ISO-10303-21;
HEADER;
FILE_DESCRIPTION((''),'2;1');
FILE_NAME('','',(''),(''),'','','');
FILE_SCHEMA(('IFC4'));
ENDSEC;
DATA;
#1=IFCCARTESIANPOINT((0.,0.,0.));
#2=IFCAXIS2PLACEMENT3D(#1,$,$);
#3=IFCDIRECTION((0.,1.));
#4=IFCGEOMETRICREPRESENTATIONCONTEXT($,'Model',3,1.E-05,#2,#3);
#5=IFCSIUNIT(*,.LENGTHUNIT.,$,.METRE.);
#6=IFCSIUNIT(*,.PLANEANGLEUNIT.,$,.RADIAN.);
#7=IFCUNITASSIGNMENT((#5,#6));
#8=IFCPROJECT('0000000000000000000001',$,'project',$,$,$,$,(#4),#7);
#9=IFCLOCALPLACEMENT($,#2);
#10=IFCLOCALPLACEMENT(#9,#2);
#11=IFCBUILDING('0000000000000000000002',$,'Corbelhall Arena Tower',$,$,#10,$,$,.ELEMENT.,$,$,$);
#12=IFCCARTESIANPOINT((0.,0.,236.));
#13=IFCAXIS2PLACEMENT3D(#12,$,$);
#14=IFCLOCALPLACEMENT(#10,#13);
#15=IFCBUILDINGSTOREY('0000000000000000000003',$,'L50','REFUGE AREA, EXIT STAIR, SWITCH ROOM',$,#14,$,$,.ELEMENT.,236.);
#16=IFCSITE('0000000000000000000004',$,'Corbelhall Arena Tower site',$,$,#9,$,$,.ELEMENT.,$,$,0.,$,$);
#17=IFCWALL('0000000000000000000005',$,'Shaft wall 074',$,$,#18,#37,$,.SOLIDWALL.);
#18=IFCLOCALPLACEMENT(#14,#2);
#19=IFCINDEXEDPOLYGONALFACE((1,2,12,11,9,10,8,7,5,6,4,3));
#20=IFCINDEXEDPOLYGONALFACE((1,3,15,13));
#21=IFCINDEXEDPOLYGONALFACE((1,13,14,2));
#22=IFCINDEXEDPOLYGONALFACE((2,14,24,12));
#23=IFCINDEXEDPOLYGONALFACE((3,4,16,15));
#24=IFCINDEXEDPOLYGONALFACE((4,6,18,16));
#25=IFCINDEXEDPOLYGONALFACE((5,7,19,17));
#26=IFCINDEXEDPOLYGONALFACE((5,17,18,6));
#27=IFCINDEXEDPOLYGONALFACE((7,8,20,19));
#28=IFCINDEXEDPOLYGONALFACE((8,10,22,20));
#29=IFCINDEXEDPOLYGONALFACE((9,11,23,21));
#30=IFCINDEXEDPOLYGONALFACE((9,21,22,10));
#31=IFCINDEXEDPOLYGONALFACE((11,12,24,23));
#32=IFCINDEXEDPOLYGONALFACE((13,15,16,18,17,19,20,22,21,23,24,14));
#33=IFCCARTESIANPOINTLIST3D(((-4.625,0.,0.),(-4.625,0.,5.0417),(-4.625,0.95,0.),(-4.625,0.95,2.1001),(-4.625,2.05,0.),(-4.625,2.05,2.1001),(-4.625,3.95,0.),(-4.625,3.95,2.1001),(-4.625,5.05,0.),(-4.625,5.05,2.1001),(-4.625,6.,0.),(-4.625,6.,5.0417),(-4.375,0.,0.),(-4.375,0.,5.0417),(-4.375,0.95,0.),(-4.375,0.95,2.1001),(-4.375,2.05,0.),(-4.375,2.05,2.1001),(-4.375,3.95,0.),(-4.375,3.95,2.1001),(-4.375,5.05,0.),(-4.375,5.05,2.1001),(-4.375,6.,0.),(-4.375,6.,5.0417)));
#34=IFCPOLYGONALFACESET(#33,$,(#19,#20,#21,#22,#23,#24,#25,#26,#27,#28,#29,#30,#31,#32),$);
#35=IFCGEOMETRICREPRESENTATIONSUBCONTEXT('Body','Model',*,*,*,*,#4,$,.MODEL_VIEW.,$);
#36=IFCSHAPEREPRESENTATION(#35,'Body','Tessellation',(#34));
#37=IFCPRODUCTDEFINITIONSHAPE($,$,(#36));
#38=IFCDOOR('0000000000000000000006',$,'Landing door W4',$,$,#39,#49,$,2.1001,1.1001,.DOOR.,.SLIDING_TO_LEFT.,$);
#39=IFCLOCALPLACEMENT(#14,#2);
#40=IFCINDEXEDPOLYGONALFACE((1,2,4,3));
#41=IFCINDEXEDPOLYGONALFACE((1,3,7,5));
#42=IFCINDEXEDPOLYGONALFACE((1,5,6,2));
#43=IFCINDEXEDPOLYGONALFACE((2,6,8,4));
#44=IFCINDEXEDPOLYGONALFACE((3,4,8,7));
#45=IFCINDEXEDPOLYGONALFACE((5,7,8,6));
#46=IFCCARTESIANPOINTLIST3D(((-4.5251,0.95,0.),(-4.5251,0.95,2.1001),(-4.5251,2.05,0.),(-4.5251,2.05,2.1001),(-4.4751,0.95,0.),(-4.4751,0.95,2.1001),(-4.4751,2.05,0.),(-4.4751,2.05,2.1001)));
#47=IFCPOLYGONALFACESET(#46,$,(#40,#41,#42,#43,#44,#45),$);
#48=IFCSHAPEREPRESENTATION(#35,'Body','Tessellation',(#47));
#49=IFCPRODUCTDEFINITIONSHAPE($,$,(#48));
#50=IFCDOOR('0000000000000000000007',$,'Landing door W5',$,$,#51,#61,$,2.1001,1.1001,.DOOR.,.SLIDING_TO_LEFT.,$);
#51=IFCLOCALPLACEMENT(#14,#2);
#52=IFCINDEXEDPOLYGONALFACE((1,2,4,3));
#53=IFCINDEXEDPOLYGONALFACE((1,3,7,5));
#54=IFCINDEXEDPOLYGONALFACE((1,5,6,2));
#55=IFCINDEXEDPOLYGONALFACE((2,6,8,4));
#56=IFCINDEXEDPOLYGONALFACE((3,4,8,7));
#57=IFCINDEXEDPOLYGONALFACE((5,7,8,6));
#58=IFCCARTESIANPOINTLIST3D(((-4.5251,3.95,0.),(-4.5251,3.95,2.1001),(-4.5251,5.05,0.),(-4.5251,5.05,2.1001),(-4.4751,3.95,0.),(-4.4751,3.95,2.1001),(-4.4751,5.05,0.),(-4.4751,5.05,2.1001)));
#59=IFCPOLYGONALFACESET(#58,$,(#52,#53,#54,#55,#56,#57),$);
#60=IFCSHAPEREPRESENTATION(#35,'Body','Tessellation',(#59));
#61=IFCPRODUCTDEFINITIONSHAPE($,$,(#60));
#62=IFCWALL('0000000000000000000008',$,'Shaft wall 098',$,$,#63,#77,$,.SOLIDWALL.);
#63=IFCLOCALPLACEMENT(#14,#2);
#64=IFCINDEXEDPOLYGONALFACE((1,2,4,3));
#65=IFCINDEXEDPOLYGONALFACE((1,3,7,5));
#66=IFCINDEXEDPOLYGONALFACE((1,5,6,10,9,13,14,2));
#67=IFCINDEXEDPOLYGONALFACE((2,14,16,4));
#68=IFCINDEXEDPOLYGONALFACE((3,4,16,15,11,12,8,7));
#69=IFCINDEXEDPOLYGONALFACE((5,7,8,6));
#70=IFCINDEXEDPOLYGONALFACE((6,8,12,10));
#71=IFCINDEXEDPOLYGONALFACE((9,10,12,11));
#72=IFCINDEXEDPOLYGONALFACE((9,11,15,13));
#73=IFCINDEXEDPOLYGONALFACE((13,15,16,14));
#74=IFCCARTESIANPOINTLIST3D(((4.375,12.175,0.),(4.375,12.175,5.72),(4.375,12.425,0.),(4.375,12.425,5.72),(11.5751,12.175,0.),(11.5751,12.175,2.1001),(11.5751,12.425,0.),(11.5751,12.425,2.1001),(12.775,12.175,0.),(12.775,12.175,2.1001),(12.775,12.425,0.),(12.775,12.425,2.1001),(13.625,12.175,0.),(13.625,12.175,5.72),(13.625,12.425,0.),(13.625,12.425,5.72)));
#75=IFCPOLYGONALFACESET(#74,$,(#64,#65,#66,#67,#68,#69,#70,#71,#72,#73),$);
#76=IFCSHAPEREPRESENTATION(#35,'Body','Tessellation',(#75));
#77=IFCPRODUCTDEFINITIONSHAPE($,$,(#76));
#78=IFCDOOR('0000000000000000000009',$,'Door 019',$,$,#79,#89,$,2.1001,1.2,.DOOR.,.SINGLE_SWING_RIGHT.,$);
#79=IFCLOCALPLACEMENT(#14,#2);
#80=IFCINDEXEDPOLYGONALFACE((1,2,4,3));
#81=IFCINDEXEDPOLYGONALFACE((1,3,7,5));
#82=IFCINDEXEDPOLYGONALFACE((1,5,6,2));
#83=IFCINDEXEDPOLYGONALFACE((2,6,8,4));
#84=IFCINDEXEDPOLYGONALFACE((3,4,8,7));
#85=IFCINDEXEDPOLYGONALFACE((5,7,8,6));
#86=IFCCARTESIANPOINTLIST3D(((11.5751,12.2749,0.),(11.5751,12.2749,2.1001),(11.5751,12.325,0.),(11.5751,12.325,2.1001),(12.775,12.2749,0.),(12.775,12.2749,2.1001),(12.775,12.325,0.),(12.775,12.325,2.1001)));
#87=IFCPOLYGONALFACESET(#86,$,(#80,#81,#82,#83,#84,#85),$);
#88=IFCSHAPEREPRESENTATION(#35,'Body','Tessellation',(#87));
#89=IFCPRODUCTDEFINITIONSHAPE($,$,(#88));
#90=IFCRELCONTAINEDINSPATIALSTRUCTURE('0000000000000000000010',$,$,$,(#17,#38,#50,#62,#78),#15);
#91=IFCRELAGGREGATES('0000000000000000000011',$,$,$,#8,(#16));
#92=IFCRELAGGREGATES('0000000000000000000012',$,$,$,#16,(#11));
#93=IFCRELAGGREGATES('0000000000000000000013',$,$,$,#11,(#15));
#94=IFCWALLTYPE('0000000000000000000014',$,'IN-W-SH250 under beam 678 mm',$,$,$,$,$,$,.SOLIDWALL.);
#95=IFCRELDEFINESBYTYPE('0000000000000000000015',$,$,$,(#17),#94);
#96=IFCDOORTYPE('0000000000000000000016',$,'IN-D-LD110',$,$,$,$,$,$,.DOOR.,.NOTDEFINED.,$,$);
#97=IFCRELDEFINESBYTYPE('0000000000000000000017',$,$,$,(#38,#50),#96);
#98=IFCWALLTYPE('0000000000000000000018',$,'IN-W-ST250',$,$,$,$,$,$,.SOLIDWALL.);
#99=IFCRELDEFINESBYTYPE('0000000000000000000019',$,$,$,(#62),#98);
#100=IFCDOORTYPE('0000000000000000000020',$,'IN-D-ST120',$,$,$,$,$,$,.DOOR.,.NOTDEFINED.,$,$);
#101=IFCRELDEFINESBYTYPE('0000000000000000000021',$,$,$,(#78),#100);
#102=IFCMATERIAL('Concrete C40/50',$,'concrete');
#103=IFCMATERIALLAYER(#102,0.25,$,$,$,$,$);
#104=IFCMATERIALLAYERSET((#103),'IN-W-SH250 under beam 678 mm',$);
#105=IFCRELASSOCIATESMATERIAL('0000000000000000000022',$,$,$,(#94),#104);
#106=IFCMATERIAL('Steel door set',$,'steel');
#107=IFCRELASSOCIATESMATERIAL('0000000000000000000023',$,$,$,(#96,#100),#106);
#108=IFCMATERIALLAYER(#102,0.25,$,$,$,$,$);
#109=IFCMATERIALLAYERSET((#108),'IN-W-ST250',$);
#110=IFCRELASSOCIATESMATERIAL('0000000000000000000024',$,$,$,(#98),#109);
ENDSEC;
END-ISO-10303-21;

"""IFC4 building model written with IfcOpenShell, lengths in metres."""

from ifc_helpers import new_model, si_unit, direction, frame, frame_2d, origin, place, context, subcontext, project, spatial, rectangle, extrude, material, layer, layer_set, type_object, element, fill, save


model = new_model("IFC4")

# Units and contexts
model_context = context("Model", 3, precision=1e-05, world=origin(), true_north=direction((0.0, 1.0)))
body_context = subcontext(model_context, "Body", "Model", "MODEL_VIEW")
ifc_project = project(units=[si_unit("LENGTHUNIT", "METRE"), si_unit("PLANEANGLEUNIT", "RADIAN")], contexts=[model_context])

# Site, building, storey
site_placement = place(None, origin())
site = spatial("IfcSite", under=ifc_project, at=site_placement, Name="Corbelhall Arena Tower site", CompositionType="ELEMENT", RefElevation=0.0)
building_placement = place(site_placement, origin())
building = spatial("IfcBuilding", under=site, at=building_placement, Name="Corbelhall Arena Tower", CompositionType="ELEMENT")
storey_placement = place(building_placement, frame((0.0, 0.0, 236.0)))
storey = spatial("IfcBuildingStorey", under=building, at=storey_placement, Name="L50", Description="REFUGE AREA, EXIT STAIR, SWITCH ROOM", CompositionType="ELEMENT", Elevation=236.0)

# Shared definitions
ifc_material_1 = material(Name="Concrete C40/50", Category="concrete")

# Shared definitions
ifc_material_2 = material(Name="Steel door set", Category="steel")

# Wall, openings, doors
ifc_layer_1 = layer(ifc_material_1, 0.25)
ifc_layer_set_1 = layer_set([ifc_layer_1], Name="IN-W-SH250 under beam 678 mm")
wall_type_1 = type_object("IfcWallType", Name="IN-W-SH250 under beam 678 mm", PredefinedType="SOLIDWALL", material=ifc_layer_set_1)
wall_1_placement = place(storey_placement, frame((-4.5, 6.0, 0.0), z_axis=(0.0, 0.0, 1.0), x_axis=(0.0, -1.0, 0.0)))
wall_1 = element("IfcWall", 1, at=wall_1_placement, inside=storey, type_object=wall_type_1, Name="Shaft wall 074", PredefinedType="SOLIDWALL", context=body_context, shape_type="SweptSolid", body=[
    extrude(rectangle(XDim=6.0, YDim=0.25, at=frame_2d((3.0, 0.0))), origin(), (0.0, 0.0, 1.0), 5.0417),
])
opening_1_placement = place(wall_1_placement, frame((3.95, 0.0, 0.0)))
opening_1 = element("IfcOpeningElement", 2, at=opening_1_placement, cuts=wall_1, PredefinedType="OPENING", context=body_context, shape_type="SweptSolid", body=[
    extrude(rectangle(XDim=1.1001, YDim=2.1001, at=frame_2d((0.55, 1.05))), frame((0.0, 0.125, 0.0), z_axis=(0.0, -1.0, 0.0), x_axis=(1.0, 0.0, 0.0)), (0.0, 0.0, 1.0), 0.25),
])
opening_2_placement = place(wall_1_placement, frame((0.95, 0.0, 0.0)))
opening_2 = element("IfcOpeningElement", 3, at=opening_2_placement, cuts=wall_1, PredefinedType="OPENING", context=body_context, shape_type="SweptSolid", body=[
    extrude(rectangle(XDim=1.1001, YDim=2.1001, at=frame_2d((0.55, 1.05))), frame((0.0, 0.125, 0.0), z_axis=(0.0, -1.0, 0.0), x_axis=(1.0, 0.0, 0.0)), (0.0, 0.0, 1.0), 0.25),
])
door_type_1 = type_object("IfcDoorType", Name="IN-D-LD110", OperationType="NOTDEFINED", PredefinedType="DOOR", material=ifc_material_2)
door_1_placement = place(opening_1_placement, origin())
door_1 = element("IfcDoor", 4, at=door_1_placement, inside=storey, type_object=door_type_1, Name="Landing door W4", OperationType="SLIDING_TO_LEFT", OverallHeight=2.1001, OverallWidth=1.1001, PredefinedType="DOOR", context=body_context, shape_type="SweptSolid", body=[
    extrude(rectangle(XDim=1.1001, YDim=2.1001, at=frame_2d((0.55, 1.05))), frame((0.0, 0.0249, 0.0), z_axis=(0.0, -1.0, 0.0), x_axis=(1.0, 0.0, 0.0)), (0.0, 0.0, 1.0), 0.05),
])
fill(opening_1, door_1)
door_2_placement = place(opening_2_placement, origin())
door_2 = element("IfcDoor", 5, at=door_2_placement, inside=storey, type_object=door_type_1, Name="Landing door W5", OperationType="SLIDING_TO_LEFT", OverallHeight=2.1001, OverallWidth=1.1001, PredefinedType="DOOR", context=body_context, shape_type="SweptSolid", body=[
    extrude(rectangle(XDim=1.1001, YDim=2.1001, at=frame_2d((0.55, 1.05))), frame((0.0, 0.0249, 0.0), z_axis=(0.0, -1.0, 0.0), x_axis=(1.0, 0.0, 0.0)), (0.0, 0.0, 1.0), 0.05),
])
fill(opening_2, door_2)

# Wall, opening, door
ifc_layer_2 = layer(ifc_material_1, 0.25)
ifc_layer_set_2 = layer_set([ifc_layer_2], Name="IN-W-ST250")
wall_type_2 = type_object("IfcWallType", Name="IN-W-ST250", PredefinedType="SOLIDWALL", material=ifc_layer_set_2)
wall_2_placement = place(storey_placement, frame((4.375, 12.3, 0.0), z_axis=(0.0, 0.0, 1.0), x_axis=(1.0, 0.0, 0.0)))
wall_2 = element("IfcWall", 6, at=wall_2_placement, inside=storey, type_object=wall_type_2, Name="Shaft wall 098", PredefinedType="SOLIDWALL", context=body_context, shape_type="SweptSolid", body=[
    extrude(rectangle(XDim=9.25, YDim=0.25, at=frame_2d((4.625, 0.0))), origin(), (0.0, 0.0, 1.0), 5.72),
])
opening_3_placement = place(wall_2_placement, frame((7.2, 0.0, 0.0)))
opening_3 = element("IfcOpeningElement", 7, at=opening_3_placement, cuts=wall_2, PredefinedType="OPENING", context=body_context, shape_type="SweptSolid", body=[
    extrude(rectangle(XDim=1.2, YDim=2.1001, at=frame_2d((0.6001, 1.05))), frame((0.0, 0.125, 0.0), z_axis=(0.0, -1.0, 0.0), x_axis=(1.0, 0.0, 0.0)), (0.0, 0.0, 1.0), 0.25),
])
door_type_2 = type_object("IfcDoorType", Name="IN-D-ST120", OperationType="NOTDEFINED", PredefinedType="DOOR", material=ifc_material_2)
door_3_placement = place(opening_3_placement, origin())
door_3 = element("IfcDoor", 8, at=door_3_placement, inside=storey, type_object=door_type_2, Name="Door 019", OperationType="SINGLE_SWING_RIGHT", OverallHeight=2.1001, OverallWidth=1.2, PredefinedType="DOOR", context=body_context, shape_type="SweptSolid", body=[
    extrude(rectangle(XDim=1.2, YDim=2.1001, at=frame_2d((0.6001, 1.05))), frame((0.0, 0.0249, 0.0), z_axis=(0.0, -1.0, 0.0), x_axis=(1.0, 0.0, 0.0)), (0.0, 0.0, 1.0), 0.05),
])
fill(opening_3, door_3)

save(model, "model.ifc")
